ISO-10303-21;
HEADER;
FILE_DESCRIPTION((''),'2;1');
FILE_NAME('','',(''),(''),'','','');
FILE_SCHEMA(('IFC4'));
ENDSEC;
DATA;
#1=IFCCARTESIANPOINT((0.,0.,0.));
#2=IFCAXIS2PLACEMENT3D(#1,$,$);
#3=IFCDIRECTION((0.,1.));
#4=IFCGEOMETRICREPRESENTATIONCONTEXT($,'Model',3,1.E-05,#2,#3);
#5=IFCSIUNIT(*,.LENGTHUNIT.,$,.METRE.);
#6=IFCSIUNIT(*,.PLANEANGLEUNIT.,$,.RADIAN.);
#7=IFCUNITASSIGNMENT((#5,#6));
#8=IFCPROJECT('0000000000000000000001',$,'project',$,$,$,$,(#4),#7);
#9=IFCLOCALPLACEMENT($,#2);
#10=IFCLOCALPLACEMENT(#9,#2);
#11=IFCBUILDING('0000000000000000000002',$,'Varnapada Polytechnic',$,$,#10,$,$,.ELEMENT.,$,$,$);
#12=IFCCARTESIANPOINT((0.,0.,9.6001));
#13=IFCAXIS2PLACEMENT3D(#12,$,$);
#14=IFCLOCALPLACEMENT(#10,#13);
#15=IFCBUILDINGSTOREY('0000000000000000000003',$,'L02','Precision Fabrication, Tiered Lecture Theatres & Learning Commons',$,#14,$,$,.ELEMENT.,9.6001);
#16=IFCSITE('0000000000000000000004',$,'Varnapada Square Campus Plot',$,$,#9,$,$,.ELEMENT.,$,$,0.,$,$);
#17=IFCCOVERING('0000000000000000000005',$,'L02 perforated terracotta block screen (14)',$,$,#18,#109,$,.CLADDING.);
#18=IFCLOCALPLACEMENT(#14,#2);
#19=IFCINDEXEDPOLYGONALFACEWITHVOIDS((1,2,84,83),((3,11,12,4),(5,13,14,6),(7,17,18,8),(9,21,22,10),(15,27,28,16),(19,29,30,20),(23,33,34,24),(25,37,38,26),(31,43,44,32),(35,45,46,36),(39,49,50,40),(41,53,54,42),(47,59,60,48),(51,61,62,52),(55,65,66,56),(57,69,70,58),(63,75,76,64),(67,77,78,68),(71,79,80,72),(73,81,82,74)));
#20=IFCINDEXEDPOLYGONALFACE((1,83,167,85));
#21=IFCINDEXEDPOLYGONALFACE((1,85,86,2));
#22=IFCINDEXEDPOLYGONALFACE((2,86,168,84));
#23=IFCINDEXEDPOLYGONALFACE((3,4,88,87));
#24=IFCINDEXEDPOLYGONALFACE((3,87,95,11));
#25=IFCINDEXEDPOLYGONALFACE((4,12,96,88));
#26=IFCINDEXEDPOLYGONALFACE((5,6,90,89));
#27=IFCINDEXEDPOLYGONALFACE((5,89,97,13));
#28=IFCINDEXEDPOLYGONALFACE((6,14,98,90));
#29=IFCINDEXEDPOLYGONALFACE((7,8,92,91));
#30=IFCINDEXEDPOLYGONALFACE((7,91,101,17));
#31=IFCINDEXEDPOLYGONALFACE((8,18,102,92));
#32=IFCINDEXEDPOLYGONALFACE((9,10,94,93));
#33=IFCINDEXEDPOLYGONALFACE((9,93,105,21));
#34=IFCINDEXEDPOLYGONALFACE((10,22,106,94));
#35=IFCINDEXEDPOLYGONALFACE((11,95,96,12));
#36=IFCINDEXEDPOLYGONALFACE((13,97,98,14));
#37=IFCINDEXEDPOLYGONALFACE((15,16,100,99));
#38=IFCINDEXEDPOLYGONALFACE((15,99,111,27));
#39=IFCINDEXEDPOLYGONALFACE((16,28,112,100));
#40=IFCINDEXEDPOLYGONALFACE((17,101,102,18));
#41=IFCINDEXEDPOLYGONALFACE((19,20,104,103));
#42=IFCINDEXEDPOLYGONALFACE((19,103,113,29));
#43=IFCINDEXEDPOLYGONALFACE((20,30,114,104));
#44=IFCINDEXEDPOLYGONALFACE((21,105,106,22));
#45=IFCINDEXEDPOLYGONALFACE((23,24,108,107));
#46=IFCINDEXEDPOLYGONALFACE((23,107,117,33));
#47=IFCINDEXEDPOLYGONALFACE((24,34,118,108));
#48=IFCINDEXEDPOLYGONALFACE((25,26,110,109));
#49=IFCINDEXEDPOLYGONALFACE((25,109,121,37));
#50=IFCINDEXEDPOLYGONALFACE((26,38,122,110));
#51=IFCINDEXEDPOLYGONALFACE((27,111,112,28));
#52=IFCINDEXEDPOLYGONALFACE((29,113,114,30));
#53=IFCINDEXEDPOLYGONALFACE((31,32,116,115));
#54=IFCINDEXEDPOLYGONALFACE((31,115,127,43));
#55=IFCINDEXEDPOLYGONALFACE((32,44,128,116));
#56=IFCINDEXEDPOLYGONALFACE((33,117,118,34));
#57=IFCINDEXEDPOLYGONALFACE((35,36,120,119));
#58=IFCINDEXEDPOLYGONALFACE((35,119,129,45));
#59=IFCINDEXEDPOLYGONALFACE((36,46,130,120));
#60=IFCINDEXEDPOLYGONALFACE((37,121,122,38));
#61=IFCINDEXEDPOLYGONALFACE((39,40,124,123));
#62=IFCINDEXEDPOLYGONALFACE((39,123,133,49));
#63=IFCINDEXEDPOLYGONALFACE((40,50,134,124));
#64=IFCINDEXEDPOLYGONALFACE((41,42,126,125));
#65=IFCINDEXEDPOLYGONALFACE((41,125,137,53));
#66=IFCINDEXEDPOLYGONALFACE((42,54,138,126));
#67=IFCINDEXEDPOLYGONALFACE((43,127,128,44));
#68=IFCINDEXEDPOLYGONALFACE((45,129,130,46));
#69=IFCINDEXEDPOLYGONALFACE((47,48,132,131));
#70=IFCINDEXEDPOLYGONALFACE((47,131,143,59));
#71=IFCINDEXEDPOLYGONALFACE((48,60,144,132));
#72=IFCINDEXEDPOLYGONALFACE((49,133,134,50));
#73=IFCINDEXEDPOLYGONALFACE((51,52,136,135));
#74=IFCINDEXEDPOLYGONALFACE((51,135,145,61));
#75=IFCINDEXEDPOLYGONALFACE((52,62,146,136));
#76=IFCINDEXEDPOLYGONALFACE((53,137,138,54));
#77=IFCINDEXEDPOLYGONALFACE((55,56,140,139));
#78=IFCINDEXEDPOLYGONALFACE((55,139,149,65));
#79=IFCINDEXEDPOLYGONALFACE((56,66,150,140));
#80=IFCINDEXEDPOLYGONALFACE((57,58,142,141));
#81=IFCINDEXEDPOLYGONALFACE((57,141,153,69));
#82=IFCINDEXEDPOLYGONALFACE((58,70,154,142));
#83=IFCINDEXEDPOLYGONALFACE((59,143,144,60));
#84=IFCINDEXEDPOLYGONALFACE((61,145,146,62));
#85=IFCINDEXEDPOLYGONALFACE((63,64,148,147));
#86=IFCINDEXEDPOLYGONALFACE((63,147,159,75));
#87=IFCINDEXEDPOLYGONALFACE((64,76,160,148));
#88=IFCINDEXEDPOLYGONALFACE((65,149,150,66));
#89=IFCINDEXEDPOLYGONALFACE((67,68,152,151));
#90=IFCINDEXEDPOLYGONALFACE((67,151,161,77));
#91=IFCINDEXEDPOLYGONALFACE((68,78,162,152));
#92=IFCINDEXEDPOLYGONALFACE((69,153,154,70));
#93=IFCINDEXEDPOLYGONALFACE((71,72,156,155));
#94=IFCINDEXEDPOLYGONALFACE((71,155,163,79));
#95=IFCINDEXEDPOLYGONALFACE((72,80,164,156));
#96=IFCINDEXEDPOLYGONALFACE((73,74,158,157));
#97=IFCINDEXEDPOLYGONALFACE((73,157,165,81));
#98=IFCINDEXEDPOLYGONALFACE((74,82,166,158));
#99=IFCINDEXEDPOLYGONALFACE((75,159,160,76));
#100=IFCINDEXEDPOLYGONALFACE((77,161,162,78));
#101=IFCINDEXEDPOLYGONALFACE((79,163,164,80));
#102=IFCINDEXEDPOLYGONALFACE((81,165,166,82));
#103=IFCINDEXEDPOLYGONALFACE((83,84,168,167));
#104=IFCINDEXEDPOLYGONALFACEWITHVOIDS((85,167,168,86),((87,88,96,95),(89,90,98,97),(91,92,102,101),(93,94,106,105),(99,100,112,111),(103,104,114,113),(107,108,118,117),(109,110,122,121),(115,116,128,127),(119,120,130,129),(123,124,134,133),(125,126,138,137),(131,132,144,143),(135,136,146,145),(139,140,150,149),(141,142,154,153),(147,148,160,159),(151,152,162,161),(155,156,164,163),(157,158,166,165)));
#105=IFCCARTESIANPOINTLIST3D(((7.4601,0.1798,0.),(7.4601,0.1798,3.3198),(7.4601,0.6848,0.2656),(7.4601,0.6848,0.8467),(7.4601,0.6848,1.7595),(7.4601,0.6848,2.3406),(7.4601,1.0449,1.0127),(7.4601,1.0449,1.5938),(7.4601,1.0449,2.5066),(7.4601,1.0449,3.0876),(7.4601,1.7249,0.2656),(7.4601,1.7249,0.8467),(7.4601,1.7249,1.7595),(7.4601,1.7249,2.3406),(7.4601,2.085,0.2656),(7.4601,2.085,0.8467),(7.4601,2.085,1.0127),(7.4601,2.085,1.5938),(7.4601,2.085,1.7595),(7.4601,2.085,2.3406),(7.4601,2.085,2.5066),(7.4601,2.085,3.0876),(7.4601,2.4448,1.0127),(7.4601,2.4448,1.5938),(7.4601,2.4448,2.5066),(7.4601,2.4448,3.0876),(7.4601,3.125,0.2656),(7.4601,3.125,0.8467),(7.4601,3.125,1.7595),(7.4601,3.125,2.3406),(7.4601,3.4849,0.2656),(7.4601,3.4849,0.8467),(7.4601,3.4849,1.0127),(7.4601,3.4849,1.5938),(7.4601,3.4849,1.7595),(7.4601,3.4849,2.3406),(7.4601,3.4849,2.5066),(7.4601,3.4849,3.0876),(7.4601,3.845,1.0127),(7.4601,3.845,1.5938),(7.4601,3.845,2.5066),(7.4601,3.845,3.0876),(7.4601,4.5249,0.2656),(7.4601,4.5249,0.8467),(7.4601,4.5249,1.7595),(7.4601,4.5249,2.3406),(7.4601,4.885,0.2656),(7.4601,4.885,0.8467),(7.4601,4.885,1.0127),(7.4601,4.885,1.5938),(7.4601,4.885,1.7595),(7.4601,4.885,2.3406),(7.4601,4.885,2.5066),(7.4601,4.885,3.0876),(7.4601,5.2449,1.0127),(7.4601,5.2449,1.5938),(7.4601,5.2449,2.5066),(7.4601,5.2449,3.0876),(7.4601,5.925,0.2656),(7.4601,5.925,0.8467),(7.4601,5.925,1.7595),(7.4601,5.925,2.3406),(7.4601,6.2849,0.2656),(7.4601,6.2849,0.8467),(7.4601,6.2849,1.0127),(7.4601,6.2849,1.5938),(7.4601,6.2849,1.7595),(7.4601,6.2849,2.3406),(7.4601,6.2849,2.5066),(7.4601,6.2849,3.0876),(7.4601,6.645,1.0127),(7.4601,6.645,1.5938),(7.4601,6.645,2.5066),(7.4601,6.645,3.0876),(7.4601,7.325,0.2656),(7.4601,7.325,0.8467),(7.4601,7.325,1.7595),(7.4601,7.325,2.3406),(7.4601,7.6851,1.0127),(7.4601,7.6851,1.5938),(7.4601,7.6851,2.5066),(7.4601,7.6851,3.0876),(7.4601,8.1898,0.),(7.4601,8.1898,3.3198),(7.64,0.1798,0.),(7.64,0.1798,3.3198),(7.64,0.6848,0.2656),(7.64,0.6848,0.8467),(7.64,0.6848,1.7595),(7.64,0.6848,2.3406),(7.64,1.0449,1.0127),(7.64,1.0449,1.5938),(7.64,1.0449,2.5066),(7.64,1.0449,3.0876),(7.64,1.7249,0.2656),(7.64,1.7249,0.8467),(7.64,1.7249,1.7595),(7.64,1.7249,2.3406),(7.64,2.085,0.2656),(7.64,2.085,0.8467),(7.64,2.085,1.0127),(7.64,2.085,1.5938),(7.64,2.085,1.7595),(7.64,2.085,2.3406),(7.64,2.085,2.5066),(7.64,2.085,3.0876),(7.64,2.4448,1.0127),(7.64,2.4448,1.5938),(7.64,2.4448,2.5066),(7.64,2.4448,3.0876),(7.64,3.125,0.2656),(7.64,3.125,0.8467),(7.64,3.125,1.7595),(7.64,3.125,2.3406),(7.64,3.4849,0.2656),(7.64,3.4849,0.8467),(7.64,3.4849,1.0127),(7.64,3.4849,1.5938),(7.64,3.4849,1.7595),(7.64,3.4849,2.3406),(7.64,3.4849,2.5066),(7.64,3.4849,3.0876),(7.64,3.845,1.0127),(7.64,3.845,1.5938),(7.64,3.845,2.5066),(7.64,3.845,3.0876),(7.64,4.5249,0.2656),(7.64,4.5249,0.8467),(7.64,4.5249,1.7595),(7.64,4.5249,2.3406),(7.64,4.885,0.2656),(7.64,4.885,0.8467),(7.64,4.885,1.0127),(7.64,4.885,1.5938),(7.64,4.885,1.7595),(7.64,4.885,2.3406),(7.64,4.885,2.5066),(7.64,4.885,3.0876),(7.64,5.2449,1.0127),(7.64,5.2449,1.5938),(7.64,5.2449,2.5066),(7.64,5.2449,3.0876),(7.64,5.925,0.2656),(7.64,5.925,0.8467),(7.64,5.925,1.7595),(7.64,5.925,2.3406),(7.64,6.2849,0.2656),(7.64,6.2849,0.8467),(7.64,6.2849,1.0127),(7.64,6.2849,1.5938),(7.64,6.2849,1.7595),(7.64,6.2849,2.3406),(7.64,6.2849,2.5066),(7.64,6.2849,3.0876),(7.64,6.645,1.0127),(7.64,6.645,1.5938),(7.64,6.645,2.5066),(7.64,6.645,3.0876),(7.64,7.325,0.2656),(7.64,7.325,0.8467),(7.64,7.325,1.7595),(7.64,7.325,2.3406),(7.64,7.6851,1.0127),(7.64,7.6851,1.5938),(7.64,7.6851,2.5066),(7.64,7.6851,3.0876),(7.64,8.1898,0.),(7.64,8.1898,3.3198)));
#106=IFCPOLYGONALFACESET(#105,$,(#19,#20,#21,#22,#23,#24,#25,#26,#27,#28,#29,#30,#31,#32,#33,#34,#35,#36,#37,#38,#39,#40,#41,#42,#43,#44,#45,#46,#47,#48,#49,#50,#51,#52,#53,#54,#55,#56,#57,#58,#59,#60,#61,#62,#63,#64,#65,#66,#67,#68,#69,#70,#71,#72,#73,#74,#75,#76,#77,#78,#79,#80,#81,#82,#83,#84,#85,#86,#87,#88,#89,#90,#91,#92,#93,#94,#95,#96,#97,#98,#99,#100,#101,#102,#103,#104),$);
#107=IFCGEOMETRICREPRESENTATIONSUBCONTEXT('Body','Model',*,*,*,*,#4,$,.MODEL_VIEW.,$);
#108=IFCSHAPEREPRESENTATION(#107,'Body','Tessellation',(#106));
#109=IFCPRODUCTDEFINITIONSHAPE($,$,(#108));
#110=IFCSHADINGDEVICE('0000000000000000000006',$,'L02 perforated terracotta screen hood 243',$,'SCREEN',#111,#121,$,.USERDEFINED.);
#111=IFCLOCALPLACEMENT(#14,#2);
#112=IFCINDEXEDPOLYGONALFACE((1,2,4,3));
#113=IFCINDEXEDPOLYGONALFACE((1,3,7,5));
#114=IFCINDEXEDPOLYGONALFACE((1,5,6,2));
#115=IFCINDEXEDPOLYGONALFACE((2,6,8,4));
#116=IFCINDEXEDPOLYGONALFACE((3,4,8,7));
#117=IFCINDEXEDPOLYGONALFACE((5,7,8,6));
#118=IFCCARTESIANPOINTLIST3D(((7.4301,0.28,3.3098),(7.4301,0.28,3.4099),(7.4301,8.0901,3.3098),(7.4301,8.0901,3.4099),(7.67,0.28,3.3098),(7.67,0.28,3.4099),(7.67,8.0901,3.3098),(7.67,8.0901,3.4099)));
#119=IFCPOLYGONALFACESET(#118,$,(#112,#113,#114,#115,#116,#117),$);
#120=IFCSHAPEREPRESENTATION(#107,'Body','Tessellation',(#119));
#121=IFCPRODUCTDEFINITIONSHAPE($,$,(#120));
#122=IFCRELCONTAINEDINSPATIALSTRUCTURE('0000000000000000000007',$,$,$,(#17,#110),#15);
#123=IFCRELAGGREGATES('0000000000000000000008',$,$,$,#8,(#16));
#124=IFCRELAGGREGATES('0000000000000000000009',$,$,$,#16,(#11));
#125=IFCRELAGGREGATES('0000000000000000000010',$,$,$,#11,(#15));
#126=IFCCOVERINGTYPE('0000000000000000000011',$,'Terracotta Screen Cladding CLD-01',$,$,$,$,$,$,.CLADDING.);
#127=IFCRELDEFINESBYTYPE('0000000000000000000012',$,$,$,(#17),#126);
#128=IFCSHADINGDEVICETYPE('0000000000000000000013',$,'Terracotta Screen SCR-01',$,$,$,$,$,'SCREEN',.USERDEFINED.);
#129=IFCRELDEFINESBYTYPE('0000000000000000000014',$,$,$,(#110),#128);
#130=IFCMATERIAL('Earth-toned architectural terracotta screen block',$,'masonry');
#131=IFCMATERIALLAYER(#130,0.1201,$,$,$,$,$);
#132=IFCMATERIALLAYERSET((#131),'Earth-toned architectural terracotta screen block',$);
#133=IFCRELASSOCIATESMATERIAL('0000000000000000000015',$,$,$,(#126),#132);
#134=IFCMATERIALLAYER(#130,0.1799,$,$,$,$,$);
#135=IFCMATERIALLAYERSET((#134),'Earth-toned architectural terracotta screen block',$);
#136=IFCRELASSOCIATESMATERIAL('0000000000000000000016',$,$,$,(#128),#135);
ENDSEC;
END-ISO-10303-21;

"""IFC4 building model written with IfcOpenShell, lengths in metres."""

from ifc_helpers import new_model, si_unit, direction, frame, frame_2d, origin, origin_2d, place, context, subcontext, project, spatial, rectangle, extrude, material, layer, layer_set, type_object, element, save


model = new_model("IFC4")

# Units and contexts
model_context = context("Model", 3, precision=1e-05, world=origin(), true_north=direction((0.0, 1.0)))
body_context = subcontext(model_context, "Body", "Model", "MODEL_VIEW")
ifc_project = project(units=[si_unit("LENGTHUNIT", "METRE"), si_unit("PLANEANGLEUNIT", "RADIAN")], contexts=[model_context])

# Site, building, storey
site_placement = place(None, origin())
site = spatial("IfcSite", under=ifc_project, at=site_placement, Name="Varnapada Square Campus Plot", CompositionType="ELEMENT", RefElevation=0.0)
building_placement = place(site_placement, origin())
building = spatial("IfcBuilding", under=site, at=building_placement, Name="Varnapada Polytechnic", CompositionType="ELEMENT")
storey_placement = place(building_placement, frame((0.0, 0.0, 9.6001)))
storey = spatial("IfcBuildingStorey", under=building, at=storey_placement, Name="L02", Description="Precision Fabrication, Tiered Lecture Theatres & Learning Commons", CompositionType="ELEMENT", Elevation=9.6001)

# Covering, openings
ifc_material_1 = material(Name="Earth-toned architectural terracotta screen block", Category="masonry")
ifc_layer_1 = layer(ifc_material_1, 0.1201)
ifc_layer_set_1 = layer_set([ifc_layer_1], Name="Earth-toned architectural terracotta screen block")
covering_type = type_object("IfcCoveringType", Name="Terracotta Screen Cladding CLD-01", PredefinedType="CLADDING", material=ifc_layer_set_1)
covering_placement = place(storey_placement, frame((7.55, 0.1799, 0.0), z_axis=(0.0, 0.0, 1.0), x_axis=(0.0, 1.0, 0.0)))
covering = element("IfcCovering", 1, at=covering_placement, inside=storey, type_object=covering_type, Name="L02 perforated terracotta block screen (14)", PredefinedType="CLADDING", context=body_context, shape_type="SweptSolid", body=[
    extrude(rectangle(XDim=8.01, YDim=0.1799, at=frame_2d((4.0049, 0.0))), origin(), (0.0, 0.0, 1.0), 3.3198),
])
opening_1_placement = place(covering_placement, frame((0.5049, 0.0, 0.2656)))
element("IfcOpeningElement", 2, at=opening_1_placement, cuts=covering, PredefinedType="OPENING", context=body_context, shape_type="SweptSolid", body=[
    extrude(rectangle(XDim=1.04, YDim=0.5811, at=frame_2d((0.52, 0.2905))), frame((0.0, 0.0999, 0.0), z_axis=(0.0, -1.0, 0.0), x_axis=(1.0, 0.0, 0.0)), (0.0, 0.0, 1.0), 0.2),
])
opening_2_placement = place(covering_placement, frame((1.905, 0.0, 0.2656)))
element("IfcOpeningElement", 3, at=opening_2_placement, cuts=covering, PredefinedType="OPENING", context=body_context, shape_type="SweptSolid", body=[
    extrude(rectangle(XDim=1.04, YDim=0.5811, at=frame_2d((0.52, 0.2905))), frame((0.0, 0.0999, 0.0), z_axis=(0.0, -1.0, 0.0), x_axis=(1.0, 0.0, 0.0)), (0.0, 0.0, 1.0), 0.2),
])
opening_3_placement = place(covering_placement, frame((3.3049, 0.0, 0.2656)))
element("IfcOpeningElement", 4, at=opening_3_placement, cuts=covering, PredefinedType="OPENING", context=body_context, shape_type="SweptSolid", body=[
    extrude(rectangle(XDim=1.04, YDim=0.5811, at=frame_2d((0.52, 0.2905))), frame((0.0, 0.0999, 0.0), z_axis=(0.0, -1.0, 0.0), x_axis=(1.0, 0.0, 0.0)), (0.0, 0.0, 1.0), 0.2),
])
opening_4_placement = place(covering_placement, frame((4.7051, 0.0, 0.2656)))
element("IfcOpeningElement", 5, at=opening_4_placement, cuts=covering, PredefinedType="OPENING", context=body_context, shape_type="SweptSolid", body=[
    extrude(rectangle(XDim=1.04, YDim=0.5811, at=frame_2d((0.52, 0.2905))), frame((0.0, 0.0999, 0.0), z_axis=(0.0, -1.0, 0.0), x_axis=(1.0, 0.0, 0.0)), (0.0, 0.0, 1.0), 0.2),
])
opening_5_placement = place(covering_placement, frame((6.105, 0.0, 0.2656)))
element("IfcOpeningElement", 6, at=opening_5_placement, cuts=covering, PredefinedType="OPENING", context=body_context, shape_type="SweptSolid", body=[
    extrude(rectangle(XDim=1.04, YDim=0.5811, at=frame_2d((0.52, 0.2905))), frame((0.0, 0.0999, 0.0), z_axis=(0.0, -1.0, 0.0), x_axis=(1.0, 0.0, 0.0)), (0.0, 0.0, 1.0), 0.2),
])
opening_6_placement = place(covering_placement, frame((0.865, 0.0, 1.0127)))
element("IfcOpeningElement", 7, at=opening_6_placement, cuts=covering, PredefinedType="OPENING", context=body_context, shape_type="SweptSolid", body=[
    extrude(rectangle(XDim=1.04, YDim=0.5811, at=frame_2d((0.52, 0.2905))), frame((0.0, 0.0999, 0.0), z_axis=(0.0, -1.0, 0.0), x_axis=(1.0, 0.0, 0.0)), (0.0, 0.0, 1.0), 0.2),
])
opening_7_placement = place(covering_placement, frame((2.2649, 0.0, 1.0127)))
element("IfcOpeningElement", 8, at=opening_7_placement, cuts=covering, PredefinedType="OPENING", context=body_context, shape_type="SweptSolid", body=[
    extrude(rectangle(XDim=1.04, YDim=0.5811, at=frame_2d((0.52, 0.2905))), frame((0.0, 0.0999, 0.0), z_axis=(0.0, -1.0, 0.0), x_axis=(1.0, 0.0, 0.0)), (0.0, 0.0, 1.0), 0.2),
])
opening_8_placement = place(covering_placement, frame((3.665, 0.0, 1.0127)))
element("IfcOpeningElement", 9, at=opening_8_placement, cuts=covering, PredefinedType="OPENING", context=body_context, shape_type="SweptSolid", body=[
    extrude(rectangle(XDim=1.04, YDim=0.5811, at=frame_2d((0.52, 0.2905))), frame((0.0, 0.0999, 0.0), z_axis=(0.0, -1.0, 0.0), x_axis=(1.0, 0.0, 0.0)), (0.0, 0.0, 1.0), 0.2),
])
opening_9_placement = place(covering_placement, frame((5.0649, 0.0, 1.0127)))
element("IfcOpeningElement", 10, at=opening_9_placement, cuts=covering, PredefinedType="OPENING", context=body_context, shape_type="SweptSolid", body=[
    extrude(rectangle(XDim=1.04, YDim=0.5811, at=frame_2d((0.52, 0.2905))), frame((0.0, 0.0999, 0.0), z_axis=(0.0, -1.0, 0.0), x_axis=(1.0, 0.0, 0.0)), (0.0, 0.0, 1.0), 0.2),
])
opening_10_placement = place(covering_placement, frame((6.4651, 0.0, 1.0127)))
element("IfcOpeningElement", 11, at=opening_10_placement, cuts=covering, PredefinedType="OPENING", context=body_context, shape_type="SweptSolid", body=[
    extrude(rectangle(XDim=1.04, YDim=0.5811, at=frame_2d((0.52, 0.2905))), frame((0.0, 0.0999, 0.0), z_axis=(0.0, -1.0, 0.0), x_axis=(1.0, 0.0, 0.0)), (0.0, 0.0, 1.0), 0.2),
])
opening_11_placement = place(covering_placement, frame((0.5049, 0.0, 1.7595)))
element("IfcOpeningElement", 12, at=opening_11_placement, cuts=covering, PredefinedType="OPENING", context=body_context, shape_type="SweptSolid", body=[
    extrude(rectangle(XDim=1.04, YDim=0.5811, at=frame_2d((0.52, 0.2905))), frame((0.0, 0.0999, 0.0), z_axis=(0.0, -1.0, 0.0), x_axis=(1.0, 0.0, 0.0)), (0.0, 0.0, 1.0), 0.2),
])
opening_12_placement = place(covering_placement, frame((1.905, 0.0, 1.7595)))
element("IfcOpeningElement", 13, at=opening_12_placement, cuts=covering, PredefinedType="OPENING", context=body_context, shape_type="SweptSolid", body=[
    extrude(rectangle(XDim=1.04, YDim=0.5811, at=frame_2d((0.52, 0.2905))), frame((0.0, 0.0999, 0.0), z_axis=(0.0, -1.0, 0.0), x_axis=(1.0, 0.0, 0.0)), (0.0, 0.0, 1.0), 0.2),
])
opening_13_placement = place(covering_placement, frame((3.3049, 0.0, 1.7595)))
element("IfcOpeningElement", 14, at=opening_13_placement, cuts=covering, PredefinedType="OPENING", context=body_context, shape_type="SweptSolid", body=[
    extrude(rectangle(XDim=1.04, YDim=0.5811, at=frame_2d((0.52, 0.2905))), frame((0.0, 0.0999, 0.0), z_axis=(0.0, -1.0, 0.0), x_axis=(1.0, 0.0, 0.0)), (0.0, 0.0, 1.0), 0.2),
])
opening_14_placement = place(covering_placement, frame((4.7051, 0.0, 1.7595)))
element("IfcOpeningElement", 15, at=opening_14_placement, cuts=covering, PredefinedType="OPENING", context=body_context, shape_type="SweptSolid", body=[
    extrude(rectangle(XDim=1.04, YDim=0.5811, at=frame_2d((0.52, 0.2905))), frame((0.0, 0.0999, 0.0), z_axis=(0.0, -1.0, 0.0), x_axis=(1.0, 0.0, 0.0)), (0.0, 0.0, 1.0), 0.2),
])
opening_15_placement = place(covering_placement, frame((6.105, 0.0, 1.7595)))
element("IfcOpeningElement", 16, at=opening_15_placement, cuts=covering, PredefinedType="OPENING", context=body_context, shape_type="SweptSolid", body=[
    extrude(rectangle(XDim=1.04, YDim=0.5811, at=frame_2d((0.52, 0.2905))), frame((0.0, 0.0999, 0.0), z_axis=(0.0, -1.0, 0.0), x_axis=(1.0, 0.0, 0.0)), (0.0, 0.0, 1.0), 0.2),
])
opening_16_placement = place(covering_placement, frame((0.865, 0.0, 2.5066)))
element("IfcOpeningElement", 17, at=opening_16_placement, cuts=covering, PredefinedType="OPENING", context=body_context, shape_type="SweptSolid", body=[
    extrude(rectangle(XDim=1.04, YDim=0.5811, at=frame_2d((0.52, 0.2905))), frame((0.0, 0.0999, 0.0), z_axis=(0.0, -1.0, 0.0), x_axis=(1.0, 0.0, 0.0)), (0.0, 0.0, 1.0), 0.2),
])
opening_17_placement = place(covering_placement, frame((2.2649, 0.0, 2.5066)))
element("IfcOpeningElement", 18, at=opening_17_placement, cuts=covering, PredefinedType="OPENING", context=body_context, shape_type="SweptSolid", body=[
    extrude(rectangle(XDim=1.04, YDim=0.5811, at=frame_2d((0.52, 0.2905))), frame((0.0, 0.0999, 0.0), z_axis=(0.0, -1.0, 0.0), x_axis=(1.0, 0.0, 0.0)), (0.0, 0.0, 1.0), 0.2),
])
opening_18_placement = place(covering_placement, frame((3.665, 0.0, 2.5066)))
element("IfcOpeningElement", 19, at=opening_18_placement, cuts=covering, PredefinedType="OPENING", context=body_context, shape_type="SweptSolid", body=[
    extrude(rectangle(XDim=1.04, YDim=0.5811, at=frame_2d((0.52, 0.2905))), frame((0.0, 0.0999, 0.0), z_axis=(0.0, -1.0, 0.0), x_axis=(1.0, 0.0, 0.0)), (0.0, 0.0, 1.0), 0.2),
])
opening_19_placement = place(covering_placement, frame((5.0649, 0.0, 2.5066)))
element("IfcOpeningElement", 20, at=opening_19_placement, cuts=covering, PredefinedType="OPENING", context=body_context, shape_type="SweptSolid", body=[
    extrude(rectangle(XDim=1.04, YDim=0.5811, at=frame_2d((0.52, 0.2905))), frame((0.0, 0.0999, 0.0), z_axis=(0.0, -1.0, 0.0), x_axis=(1.0, 0.0, 0.0)), (0.0, 0.0, 1.0), 0.2),
])
opening_20_placement = place(covering_placement, frame((6.4651, 0.0, 2.5066)))
element("IfcOpeningElement", 21, at=opening_20_placement, cuts=covering, PredefinedType="OPENING", context=body_context, shape_type="SweptSolid", body=[
    extrude(rectangle(XDim=1.04, YDim=0.5811, at=frame_2d((0.52, 0.2905))), frame((0.0, 0.0999, 0.0), z_axis=(0.0, -1.0, 0.0), x_axis=(1.0, 0.0, 0.0)), (0.0, 0.0, 1.0), 0.2),
])

# Shading device
ifc_layer_2 = layer(ifc_material_1, 0.1799)
ifc_layer_set_2 = layer_set([ifc_layer_2], Name="Earth-toned architectural terracotta screen block")
shading_device_type = type_object("IfcShadingDeviceType", Name="Terracotta Screen SCR-01", ElementType="SCREEN", PredefinedType="USERDEFINED", material=ifc_layer_set_2)
shading_device_placement = place(storey_placement, frame((7.55, 4.1851, 3.3098), z_axis=(0.0, 0.0, 1.0), x_axis=(0.0, 1.0, 0.0)))
element("IfcShadingDevice", 22, at=shading_device_placement, inside=storey, type_object=shading_device_type, Name="L02 perforated terracotta screen hood 243", ObjectType="SCREEN", PredefinedType="USERDEFINED", context=body_context, shape_type="SweptSolid", body=[
    extrude(rectangle(XDim=7.8101, YDim=0.24, at=origin_2d()), origin(), (0.0, 0.0, 1.0), 0.1001),
])

save(model, "model.ifc")
